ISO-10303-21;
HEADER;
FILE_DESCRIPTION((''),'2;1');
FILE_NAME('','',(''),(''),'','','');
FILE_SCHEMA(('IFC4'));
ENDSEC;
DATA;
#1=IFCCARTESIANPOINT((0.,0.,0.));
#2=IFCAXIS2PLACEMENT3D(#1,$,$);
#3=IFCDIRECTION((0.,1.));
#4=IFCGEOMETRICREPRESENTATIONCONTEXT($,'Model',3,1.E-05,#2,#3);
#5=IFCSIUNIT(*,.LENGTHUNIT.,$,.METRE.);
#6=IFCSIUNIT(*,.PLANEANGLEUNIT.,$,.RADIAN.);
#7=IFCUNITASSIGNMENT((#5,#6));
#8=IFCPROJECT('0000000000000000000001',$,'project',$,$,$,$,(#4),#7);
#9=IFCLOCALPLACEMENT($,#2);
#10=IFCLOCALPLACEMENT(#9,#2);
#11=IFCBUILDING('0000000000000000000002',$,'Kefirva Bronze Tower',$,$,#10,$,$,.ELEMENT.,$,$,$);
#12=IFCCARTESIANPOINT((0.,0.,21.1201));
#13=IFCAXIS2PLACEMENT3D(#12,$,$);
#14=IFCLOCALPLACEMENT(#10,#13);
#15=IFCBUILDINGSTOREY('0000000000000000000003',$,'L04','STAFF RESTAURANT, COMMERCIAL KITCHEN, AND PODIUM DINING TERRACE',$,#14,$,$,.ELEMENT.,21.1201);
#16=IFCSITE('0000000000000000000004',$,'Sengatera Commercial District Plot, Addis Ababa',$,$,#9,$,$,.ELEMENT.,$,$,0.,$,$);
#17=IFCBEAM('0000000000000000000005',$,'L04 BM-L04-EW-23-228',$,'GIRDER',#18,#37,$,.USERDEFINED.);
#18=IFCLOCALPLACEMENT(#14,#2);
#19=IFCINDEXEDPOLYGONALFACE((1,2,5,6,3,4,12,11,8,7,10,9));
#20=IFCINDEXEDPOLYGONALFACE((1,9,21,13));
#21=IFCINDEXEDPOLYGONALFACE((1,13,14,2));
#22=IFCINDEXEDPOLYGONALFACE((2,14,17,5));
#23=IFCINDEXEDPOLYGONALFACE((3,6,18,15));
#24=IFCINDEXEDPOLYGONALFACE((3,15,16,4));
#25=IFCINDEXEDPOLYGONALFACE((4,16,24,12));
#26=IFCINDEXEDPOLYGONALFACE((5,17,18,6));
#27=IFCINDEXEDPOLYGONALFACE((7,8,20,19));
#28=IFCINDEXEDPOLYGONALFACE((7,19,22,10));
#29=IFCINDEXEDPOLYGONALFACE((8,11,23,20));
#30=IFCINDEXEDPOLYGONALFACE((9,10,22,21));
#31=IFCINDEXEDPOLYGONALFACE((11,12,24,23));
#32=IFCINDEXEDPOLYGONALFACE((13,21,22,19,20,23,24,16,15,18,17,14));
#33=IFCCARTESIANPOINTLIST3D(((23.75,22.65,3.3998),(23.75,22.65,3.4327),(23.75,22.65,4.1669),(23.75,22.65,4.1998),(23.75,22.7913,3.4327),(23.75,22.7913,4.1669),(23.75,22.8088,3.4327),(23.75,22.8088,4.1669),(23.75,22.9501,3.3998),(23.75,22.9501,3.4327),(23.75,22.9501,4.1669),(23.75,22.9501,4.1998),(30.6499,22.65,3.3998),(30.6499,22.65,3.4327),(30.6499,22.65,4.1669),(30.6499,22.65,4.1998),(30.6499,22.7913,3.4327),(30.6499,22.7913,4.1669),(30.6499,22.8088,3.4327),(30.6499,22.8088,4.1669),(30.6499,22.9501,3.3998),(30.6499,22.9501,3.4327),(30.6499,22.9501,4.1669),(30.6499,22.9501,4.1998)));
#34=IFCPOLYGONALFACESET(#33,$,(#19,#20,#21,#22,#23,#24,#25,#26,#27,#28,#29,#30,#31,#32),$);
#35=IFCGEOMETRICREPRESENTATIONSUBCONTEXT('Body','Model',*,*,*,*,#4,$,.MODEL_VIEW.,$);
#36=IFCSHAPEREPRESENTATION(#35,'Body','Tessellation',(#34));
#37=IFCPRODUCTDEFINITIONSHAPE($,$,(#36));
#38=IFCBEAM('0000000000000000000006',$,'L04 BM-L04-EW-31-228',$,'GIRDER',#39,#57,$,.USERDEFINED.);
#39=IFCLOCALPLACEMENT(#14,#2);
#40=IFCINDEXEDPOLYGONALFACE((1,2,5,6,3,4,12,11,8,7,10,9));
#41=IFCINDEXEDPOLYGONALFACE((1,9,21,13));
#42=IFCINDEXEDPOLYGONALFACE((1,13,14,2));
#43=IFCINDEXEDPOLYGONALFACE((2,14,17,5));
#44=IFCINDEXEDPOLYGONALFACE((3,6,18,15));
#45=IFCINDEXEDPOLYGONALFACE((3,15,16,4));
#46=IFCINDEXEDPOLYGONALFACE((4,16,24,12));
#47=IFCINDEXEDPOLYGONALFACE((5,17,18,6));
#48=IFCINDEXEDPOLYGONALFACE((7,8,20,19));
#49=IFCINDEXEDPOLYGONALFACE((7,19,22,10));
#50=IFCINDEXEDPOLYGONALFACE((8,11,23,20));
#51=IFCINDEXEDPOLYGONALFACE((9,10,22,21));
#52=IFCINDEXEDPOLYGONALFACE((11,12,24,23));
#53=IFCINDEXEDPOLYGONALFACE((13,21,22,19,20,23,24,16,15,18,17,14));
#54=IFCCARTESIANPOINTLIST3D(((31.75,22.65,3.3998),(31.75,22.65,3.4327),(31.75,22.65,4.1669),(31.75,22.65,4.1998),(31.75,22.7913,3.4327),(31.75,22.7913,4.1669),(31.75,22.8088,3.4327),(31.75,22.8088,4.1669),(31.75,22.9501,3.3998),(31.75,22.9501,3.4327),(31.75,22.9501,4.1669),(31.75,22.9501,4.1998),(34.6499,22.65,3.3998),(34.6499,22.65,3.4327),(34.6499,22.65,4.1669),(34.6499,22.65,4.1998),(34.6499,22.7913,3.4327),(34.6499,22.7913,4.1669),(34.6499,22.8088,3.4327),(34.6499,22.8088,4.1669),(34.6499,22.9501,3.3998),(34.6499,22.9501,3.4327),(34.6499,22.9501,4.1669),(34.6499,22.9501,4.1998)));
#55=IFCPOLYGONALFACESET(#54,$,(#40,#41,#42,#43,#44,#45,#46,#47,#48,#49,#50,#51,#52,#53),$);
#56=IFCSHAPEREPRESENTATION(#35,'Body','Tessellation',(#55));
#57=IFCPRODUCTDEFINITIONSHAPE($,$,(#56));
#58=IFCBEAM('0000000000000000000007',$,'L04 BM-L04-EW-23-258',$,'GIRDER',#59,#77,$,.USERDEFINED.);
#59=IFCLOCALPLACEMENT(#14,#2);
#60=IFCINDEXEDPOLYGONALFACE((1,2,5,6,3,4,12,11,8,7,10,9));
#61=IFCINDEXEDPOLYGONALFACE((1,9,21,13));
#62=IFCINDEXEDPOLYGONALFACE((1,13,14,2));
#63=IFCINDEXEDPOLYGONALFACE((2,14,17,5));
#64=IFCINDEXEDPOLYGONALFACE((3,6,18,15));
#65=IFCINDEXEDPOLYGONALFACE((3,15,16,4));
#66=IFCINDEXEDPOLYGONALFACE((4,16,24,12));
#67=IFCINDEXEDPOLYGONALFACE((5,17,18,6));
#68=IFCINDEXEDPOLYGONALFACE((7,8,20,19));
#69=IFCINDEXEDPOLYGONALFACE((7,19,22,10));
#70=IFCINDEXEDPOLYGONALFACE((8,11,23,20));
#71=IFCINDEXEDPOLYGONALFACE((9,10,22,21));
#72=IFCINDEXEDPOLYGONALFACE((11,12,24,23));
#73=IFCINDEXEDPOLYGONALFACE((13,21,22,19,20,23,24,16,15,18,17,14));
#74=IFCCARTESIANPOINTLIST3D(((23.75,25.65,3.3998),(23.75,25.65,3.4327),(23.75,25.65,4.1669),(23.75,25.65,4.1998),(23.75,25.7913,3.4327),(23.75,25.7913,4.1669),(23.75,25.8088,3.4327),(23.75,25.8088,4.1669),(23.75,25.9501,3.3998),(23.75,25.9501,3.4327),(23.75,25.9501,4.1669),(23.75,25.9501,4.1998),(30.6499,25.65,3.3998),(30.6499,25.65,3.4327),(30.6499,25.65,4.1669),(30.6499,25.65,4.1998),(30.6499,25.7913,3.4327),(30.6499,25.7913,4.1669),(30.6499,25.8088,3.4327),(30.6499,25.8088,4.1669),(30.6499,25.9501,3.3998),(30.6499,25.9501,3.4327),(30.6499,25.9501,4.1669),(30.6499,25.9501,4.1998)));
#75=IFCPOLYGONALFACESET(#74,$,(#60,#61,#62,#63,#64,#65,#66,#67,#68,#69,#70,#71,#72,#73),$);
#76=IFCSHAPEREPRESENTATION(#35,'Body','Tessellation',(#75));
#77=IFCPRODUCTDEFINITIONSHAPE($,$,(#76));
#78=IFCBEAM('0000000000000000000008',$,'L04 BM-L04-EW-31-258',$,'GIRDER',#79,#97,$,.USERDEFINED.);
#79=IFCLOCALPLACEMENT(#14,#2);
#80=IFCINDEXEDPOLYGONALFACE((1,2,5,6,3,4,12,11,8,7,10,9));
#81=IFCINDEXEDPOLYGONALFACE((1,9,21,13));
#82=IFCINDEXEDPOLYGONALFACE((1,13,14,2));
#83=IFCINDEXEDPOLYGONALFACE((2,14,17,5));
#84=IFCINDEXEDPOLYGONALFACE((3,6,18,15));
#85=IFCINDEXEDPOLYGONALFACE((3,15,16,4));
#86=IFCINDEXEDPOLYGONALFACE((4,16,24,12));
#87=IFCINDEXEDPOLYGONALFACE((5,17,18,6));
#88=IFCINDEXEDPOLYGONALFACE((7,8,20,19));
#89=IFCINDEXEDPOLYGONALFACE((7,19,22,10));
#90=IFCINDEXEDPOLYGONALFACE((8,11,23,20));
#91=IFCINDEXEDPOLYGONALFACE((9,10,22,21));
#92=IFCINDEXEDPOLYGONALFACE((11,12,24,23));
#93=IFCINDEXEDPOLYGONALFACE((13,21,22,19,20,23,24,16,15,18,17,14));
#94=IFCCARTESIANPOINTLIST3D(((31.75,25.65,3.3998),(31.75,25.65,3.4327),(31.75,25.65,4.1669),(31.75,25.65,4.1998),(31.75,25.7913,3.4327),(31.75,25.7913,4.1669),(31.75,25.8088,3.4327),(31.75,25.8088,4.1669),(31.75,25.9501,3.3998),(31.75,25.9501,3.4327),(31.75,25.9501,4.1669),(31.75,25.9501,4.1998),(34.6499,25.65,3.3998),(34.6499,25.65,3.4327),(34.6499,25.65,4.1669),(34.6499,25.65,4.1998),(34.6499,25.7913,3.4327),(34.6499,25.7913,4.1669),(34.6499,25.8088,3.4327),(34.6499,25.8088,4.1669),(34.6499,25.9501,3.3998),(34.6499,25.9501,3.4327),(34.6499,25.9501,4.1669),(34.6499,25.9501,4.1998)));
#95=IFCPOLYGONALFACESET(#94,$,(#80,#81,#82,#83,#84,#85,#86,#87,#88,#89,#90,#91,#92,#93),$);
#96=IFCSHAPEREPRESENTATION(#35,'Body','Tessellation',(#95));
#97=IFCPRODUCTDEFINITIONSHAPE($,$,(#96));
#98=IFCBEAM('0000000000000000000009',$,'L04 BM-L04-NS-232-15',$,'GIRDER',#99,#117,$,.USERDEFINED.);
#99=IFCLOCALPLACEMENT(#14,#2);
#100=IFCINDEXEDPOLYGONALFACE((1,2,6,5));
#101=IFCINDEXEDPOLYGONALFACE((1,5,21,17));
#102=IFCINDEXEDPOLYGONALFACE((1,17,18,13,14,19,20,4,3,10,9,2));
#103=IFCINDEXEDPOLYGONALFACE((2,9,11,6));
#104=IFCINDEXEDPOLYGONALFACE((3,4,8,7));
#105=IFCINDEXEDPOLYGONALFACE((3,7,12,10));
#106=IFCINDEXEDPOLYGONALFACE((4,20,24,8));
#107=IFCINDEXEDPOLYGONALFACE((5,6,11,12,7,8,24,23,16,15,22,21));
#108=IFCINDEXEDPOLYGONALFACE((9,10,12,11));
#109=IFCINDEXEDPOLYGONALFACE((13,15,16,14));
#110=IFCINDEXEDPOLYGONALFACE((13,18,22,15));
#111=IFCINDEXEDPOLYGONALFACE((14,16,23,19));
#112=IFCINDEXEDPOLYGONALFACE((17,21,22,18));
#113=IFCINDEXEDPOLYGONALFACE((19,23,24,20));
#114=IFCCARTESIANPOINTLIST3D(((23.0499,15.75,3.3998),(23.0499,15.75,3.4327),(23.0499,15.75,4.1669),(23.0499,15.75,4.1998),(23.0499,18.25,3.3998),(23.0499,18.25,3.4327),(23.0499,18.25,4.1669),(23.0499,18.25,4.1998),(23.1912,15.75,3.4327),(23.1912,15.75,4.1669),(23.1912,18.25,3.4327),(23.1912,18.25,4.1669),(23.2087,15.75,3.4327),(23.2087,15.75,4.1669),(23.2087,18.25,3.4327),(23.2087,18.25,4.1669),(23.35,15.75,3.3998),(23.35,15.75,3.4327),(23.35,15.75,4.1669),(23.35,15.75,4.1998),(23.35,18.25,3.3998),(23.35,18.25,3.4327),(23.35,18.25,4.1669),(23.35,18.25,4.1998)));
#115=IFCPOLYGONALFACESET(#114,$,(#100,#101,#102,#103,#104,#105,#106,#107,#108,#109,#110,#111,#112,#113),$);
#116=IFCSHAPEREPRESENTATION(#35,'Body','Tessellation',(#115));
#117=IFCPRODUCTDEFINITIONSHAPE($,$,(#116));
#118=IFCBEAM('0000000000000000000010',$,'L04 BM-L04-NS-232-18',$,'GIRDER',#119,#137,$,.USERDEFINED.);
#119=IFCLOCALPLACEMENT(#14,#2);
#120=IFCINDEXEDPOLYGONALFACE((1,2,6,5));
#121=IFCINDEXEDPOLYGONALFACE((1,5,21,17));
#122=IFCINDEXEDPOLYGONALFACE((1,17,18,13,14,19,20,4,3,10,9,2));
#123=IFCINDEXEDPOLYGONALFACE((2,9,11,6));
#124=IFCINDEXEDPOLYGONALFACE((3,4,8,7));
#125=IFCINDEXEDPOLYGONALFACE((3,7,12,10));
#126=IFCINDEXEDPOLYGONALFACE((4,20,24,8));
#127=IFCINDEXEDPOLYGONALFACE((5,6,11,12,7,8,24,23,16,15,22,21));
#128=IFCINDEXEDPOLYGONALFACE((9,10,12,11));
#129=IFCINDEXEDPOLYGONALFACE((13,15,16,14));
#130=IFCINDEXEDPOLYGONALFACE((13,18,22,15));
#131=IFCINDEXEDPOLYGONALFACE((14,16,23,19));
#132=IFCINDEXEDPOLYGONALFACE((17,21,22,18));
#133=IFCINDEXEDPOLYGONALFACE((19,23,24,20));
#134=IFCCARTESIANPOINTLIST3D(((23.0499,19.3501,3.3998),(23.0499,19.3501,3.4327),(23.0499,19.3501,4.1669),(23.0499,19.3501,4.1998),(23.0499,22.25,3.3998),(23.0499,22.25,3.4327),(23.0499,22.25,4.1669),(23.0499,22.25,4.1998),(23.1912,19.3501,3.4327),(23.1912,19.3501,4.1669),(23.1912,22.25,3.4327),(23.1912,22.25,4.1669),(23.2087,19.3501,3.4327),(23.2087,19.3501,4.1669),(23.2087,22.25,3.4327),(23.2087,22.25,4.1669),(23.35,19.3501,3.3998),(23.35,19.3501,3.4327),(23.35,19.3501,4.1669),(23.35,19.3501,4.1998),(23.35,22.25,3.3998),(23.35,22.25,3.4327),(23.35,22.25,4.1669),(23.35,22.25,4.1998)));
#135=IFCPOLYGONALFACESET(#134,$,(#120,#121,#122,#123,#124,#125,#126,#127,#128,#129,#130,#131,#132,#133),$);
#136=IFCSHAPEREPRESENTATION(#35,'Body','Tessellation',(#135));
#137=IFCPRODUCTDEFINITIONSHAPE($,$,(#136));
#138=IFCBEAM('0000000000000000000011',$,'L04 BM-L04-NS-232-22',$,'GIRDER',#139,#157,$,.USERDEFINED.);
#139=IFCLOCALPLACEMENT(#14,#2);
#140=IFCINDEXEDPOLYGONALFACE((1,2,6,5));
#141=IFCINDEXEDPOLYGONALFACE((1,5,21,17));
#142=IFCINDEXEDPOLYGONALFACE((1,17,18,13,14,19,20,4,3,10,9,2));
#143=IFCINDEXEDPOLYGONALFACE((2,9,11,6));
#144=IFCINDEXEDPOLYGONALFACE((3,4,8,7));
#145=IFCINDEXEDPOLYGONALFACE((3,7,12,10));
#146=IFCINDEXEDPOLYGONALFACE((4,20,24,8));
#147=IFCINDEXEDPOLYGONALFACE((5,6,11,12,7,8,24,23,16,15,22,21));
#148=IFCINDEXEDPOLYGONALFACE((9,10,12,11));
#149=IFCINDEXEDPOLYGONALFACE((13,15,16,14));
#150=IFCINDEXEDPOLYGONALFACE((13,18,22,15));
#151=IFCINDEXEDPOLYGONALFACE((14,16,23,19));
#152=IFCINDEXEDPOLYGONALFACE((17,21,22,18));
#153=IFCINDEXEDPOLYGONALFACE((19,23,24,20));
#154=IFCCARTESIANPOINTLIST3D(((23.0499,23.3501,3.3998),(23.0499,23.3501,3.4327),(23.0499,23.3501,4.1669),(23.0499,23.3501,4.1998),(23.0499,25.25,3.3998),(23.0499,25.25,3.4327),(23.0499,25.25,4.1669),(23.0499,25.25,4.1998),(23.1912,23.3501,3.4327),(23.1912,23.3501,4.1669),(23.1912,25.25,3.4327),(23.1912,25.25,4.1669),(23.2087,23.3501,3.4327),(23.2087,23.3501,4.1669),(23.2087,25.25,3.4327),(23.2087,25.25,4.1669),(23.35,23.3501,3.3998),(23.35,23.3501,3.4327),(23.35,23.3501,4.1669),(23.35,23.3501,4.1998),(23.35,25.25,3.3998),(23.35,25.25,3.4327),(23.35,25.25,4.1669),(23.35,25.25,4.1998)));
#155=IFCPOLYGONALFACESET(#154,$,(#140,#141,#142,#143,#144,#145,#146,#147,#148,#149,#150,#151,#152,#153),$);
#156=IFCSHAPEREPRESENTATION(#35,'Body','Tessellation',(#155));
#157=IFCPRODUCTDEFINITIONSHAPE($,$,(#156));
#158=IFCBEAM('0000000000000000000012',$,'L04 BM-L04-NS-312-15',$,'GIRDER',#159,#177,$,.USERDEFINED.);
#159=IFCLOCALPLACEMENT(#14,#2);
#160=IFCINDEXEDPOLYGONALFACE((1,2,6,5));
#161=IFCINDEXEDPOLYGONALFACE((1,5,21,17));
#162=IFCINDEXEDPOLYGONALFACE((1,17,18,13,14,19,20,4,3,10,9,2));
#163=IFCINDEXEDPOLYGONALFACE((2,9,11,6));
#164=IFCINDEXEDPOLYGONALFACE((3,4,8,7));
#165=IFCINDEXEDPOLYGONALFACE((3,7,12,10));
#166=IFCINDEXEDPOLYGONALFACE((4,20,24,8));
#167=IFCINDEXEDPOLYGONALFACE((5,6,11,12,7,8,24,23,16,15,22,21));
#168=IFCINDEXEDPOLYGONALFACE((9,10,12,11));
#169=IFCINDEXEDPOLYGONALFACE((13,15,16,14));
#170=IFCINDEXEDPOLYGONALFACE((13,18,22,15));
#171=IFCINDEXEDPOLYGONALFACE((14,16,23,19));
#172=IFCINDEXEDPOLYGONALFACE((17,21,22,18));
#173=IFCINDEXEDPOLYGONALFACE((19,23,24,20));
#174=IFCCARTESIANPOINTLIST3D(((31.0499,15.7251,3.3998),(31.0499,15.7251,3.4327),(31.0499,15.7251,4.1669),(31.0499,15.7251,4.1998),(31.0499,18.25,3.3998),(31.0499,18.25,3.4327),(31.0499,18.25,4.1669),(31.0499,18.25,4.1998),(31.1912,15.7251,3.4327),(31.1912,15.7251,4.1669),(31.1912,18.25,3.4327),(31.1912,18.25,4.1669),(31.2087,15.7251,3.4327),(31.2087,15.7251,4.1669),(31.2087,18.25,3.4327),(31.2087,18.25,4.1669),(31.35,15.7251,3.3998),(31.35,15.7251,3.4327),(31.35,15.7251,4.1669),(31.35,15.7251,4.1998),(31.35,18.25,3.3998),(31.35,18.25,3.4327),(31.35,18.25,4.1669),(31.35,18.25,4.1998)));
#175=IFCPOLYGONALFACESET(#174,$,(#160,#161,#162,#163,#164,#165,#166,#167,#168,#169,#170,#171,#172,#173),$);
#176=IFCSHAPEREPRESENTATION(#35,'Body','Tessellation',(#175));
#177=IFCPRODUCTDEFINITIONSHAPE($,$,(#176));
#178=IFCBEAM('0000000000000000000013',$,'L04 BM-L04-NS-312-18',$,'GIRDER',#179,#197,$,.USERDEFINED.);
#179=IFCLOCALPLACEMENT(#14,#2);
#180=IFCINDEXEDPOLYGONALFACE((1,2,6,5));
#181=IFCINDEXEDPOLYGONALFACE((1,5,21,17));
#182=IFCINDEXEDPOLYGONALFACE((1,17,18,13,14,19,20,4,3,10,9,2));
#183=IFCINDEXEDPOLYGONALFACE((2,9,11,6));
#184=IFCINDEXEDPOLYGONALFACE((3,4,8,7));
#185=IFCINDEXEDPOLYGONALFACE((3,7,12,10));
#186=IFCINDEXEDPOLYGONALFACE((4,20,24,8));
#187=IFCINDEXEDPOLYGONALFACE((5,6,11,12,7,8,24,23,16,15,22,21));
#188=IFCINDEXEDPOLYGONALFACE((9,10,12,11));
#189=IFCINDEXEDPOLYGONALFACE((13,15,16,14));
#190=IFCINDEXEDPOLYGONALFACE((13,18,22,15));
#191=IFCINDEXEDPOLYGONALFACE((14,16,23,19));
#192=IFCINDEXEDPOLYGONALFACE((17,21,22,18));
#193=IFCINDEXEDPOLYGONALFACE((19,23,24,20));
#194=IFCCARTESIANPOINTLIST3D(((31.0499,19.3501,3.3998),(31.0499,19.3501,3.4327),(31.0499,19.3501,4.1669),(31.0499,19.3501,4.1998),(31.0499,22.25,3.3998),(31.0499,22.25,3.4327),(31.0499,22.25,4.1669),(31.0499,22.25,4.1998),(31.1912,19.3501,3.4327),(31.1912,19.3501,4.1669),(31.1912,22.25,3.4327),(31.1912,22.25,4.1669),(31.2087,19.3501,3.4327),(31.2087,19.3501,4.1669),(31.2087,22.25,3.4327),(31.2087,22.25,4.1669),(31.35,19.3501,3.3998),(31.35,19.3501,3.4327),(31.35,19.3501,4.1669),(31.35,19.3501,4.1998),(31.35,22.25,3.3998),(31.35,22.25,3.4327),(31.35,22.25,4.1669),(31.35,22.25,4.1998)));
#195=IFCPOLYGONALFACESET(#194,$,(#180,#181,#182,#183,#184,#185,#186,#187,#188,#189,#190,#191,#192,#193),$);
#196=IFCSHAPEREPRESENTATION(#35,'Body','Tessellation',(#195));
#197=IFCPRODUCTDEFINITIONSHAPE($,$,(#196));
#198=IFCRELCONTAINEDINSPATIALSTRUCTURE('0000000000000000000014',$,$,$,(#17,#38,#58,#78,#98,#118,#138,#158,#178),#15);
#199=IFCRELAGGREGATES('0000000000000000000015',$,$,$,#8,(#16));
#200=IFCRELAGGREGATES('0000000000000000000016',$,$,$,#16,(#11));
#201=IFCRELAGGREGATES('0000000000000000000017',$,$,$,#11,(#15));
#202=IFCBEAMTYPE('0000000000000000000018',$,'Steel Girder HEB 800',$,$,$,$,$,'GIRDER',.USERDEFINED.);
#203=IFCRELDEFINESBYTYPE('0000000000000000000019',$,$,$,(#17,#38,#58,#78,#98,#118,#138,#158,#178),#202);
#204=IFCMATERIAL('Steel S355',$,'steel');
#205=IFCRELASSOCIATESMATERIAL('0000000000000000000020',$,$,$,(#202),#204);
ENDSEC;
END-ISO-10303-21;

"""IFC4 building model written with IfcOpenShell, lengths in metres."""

from ifc_helpers import new_model, si_unit, direction, frame, origin, origin_2d, place, context, subcontext, project, spatial, i_section, extrude, material, material_profile, profile_set, type_object, element, save


model = new_model("IFC4")

# Units and contexts
model_context = context("Model", 3, precision=1e-05, world=origin(), true_north=direction((0.0, 1.0)))
body_context = subcontext(model_context, "Body", "Model", "MODEL_VIEW")
ifc_project = project(units=[si_unit("LENGTHUNIT", "METRE"), si_unit("PLANEANGLEUNIT", "RADIAN")], contexts=[model_context])

# Site, building, storey
site_placement = place(None, origin())
site = spatial("IfcSite", under=ifc_project, at=site_placement, Name="Sengatera Commercial District Plot, Addis Ababa", CompositionType="ELEMENT", RefElevation=0.0)
building_placement = place(site_placement, origin())
building = spatial("IfcBuilding", under=site, at=building_placement, Name="Kefirva Bronze Tower", CompositionType="ELEMENT")
storey_placement = place(building_placement, frame((0.0, 0.0, 21.1201)))
storey = spatial("IfcBuildingStorey", under=building, at=storey_placement, Name="L04", Description="STAFF RESTAURANT, COMMERCIAL KITCHEN, AND PODIUM DINING TERRACE", CompositionType="ELEMENT", Elevation=21.1201)

# Beams
ifc_material_1 = material(Name="Steel S355", Category="steel")
ifc_material_profile_1 = material_profile(ifc_material_1, i_section(OverallWidth=0.3, OverallDepth=0.8, WebThickness=0.0176, FlangeThickness=0.033, at=origin_2d()), Name="HEB 800")
ifc_profile_set_1 = profile_set([ifc_material_profile_1], Name="Steel S355")
beam_type_1 = type_object("IfcBeamType", Name="Steel Girder HEB 800", ElementType="GIRDER", PredefinedType="USERDEFINED", material=ifc_profile_set_1)
beam_1_placement = place(storey_placement, frame((23.75, 22.8, 3.7998), z_axis=(1.0, 0.0, 0.0), x_axis=(0.0, 1.0, 0.0)))
element("IfcBeam", 1, at=beam_1_placement, inside=storey, type_object=beam_type_1, Name="L04 BM-L04-EW-23-228", ObjectType="GIRDER", PredefinedType="USERDEFINED", context=body_context, shape_type="SweptSolid", body=[
    extrude(i_section(OverallWidth=0.3, OverallDepth=0.8, WebThickness=0.0176, FlangeThickness=0.033, at=origin_2d()), origin(), (0.0, 0.0, 1.0), 6.8999),
])
beam_2_placement = place(storey_placement, frame((31.75, 22.8, 3.7998), z_axis=(1.0, 0.0, 0.0), x_axis=(0.0, 1.0, 0.0)))
element("IfcBeam", 2, at=beam_2_placement, inside=storey, type_object=beam_type_1, Name="L04 BM-L04-EW-31-228", ObjectType="GIRDER", PredefinedType="USERDEFINED", context=body_context, shape_type="SweptSolid", body=[
    extrude(i_section(OverallWidth=0.3, OverallDepth=0.8, WebThickness=0.0176, FlangeThickness=0.033, at=origin_2d()), origin(), (0.0, 0.0, 1.0), 2.8999),
])
beam_3_placement = place(storey_placement, frame((23.75, 25.8, 3.7998), z_axis=(1.0, 0.0, 0.0), x_axis=(0.0, 1.0, 0.0)))
element("IfcBeam", 3, at=beam_3_placement, inside=storey, type_object=beam_type_1, Name="L04 BM-L04-EW-23-258", ObjectType="GIRDER", PredefinedType="USERDEFINED", context=body_context, shape_type="SweptSolid", body=[
    extrude(i_section(OverallWidth=0.3, OverallDepth=0.8, WebThickness=0.0176, FlangeThickness=0.033, at=origin_2d()), origin(), (0.0, 0.0, 1.0), 6.8999),
])
beam_4_placement = place(storey_placement, frame((31.75, 25.8, 3.7998), z_axis=(1.0, 0.0, 0.0), x_axis=(0.0, 1.0, 0.0)))
element("IfcBeam", 4, at=beam_4_placement, inside=storey, type_object=beam_type_1, Name="L04 BM-L04-EW-31-258", ObjectType="GIRDER", PredefinedType="USERDEFINED", context=body_context, shape_type="SweptSolid", body=[
    extrude(i_section(OverallWidth=0.3, OverallDepth=0.8, WebThickness=0.0176, FlangeThickness=0.033, at=origin_2d()), origin(), (0.0, 0.0, 1.0), 2.8999),
])
beam_5_placement = place(storey_placement, frame((23.2, 15.75, 3.7998), z_axis=(0.0, 1.0, 0.0), x_axis=(-1.0, 0.0, 0.0)))
element("IfcBeam", 5, at=beam_5_placement, inside=storey, type_object=beam_type_1, Name="L04 BM-L04-NS-232-15", ObjectType="GIRDER", PredefinedType="USERDEFINED", context=body_context, shape_type="SweptSolid", body=[
    extrude(i_section(OverallWidth=0.3, OverallDepth=0.8, WebThickness=0.0176, FlangeThickness=0.033, at=origin_2d()), origin(), (0.0, 0.0, 1.0), 2.5),
])
beam_6_placement = place(storey_placement, frame((23.2, 19.3501, 3.7998), z_axis=(0.0, 1.0, 0.0), x_axis=(-1.0, 0.0, 0.0)))
element("IfcBeam", 6, at=beam_6_placement, inside=storey, type_object=beam_type_1, Name="L04 BM-L04-NS-232-18", ObjectType="GIRDER", PredefinedType="USERDEFINED", context=body_context, shape_type="SweptSolid", body=[
    extrude(i_section(OverallWidth=0.3, OverallDepth=0.8, WebThickness=0.0176, FlangeThickness=0.033, at=origin_2d()), origin(), (0.0, 0.0, 1.0), 2.8999),
])
beam_7_placement = place(storey_placement, frame((23.2, 23.3501, 3.7998), z_axis=(0.0, 1.0, 0.0), x_axis=(-1.0, 0.0, 0.0)))
element("IfcBeam", 7, at=beam_7_placement, inside=storey, type_object=beam_type_1, Name="L04 BM-L04-NS-232-22", ObjectType="GIRDER", PredefinedType="USERDEFINED", context=body_context, shape_type="SweptSolid", body=[
    extrude(i_section(OverallWidth=0.3, OverallDepth=0.8, WebThickness=0.0176, FlangeThickness=0.033, at=origin_2d()), origin(), (0.0, 0.0, 1.0), 1.8999),
])
beam_8_placement = place(storey_placement, frame((31.2, 15.7251, 3.7998), z_axis=(0.0, 1.0, 0.0), x_axis=(-1.0, 0.0, 0.0)))
element("IfcBeam", 8, at=beam_8_placement, inside=storey, type_object=beam_type_1, Name="L04 BM-L04-NS-312-15", ObjectType="GIRDER", PredefinedType="USERDEFINED", context=body_context, shape_type="SweptSolid", body=[
    extrude(i_section(OverallWidth=0.3, OverallDepth=0.8, WebThickness=0.0176, FlangeThickness=0.033, at=origin_2d()), origin(), (0.0, 0.0, 1.0), 2.5249),
])
beam_9_placement = place(storey_placement, frame((31.2, 19.3501, 3.7998), z_axis=(0.0, 1.0, 0.0), x_axis=(-1.0, 0.0, 0.0)))
element("IfcBeam", 9, at=beam_9_placement, inside=storey, type_object=beam_type_1, Name="L04 BM-L04-NS-312-18", ObjectType="GIRDER", PredefinedType="USERDEFINED", context=body_context, shape_type="SweptSolid", body=[
    extrude(i_section(OverallWidth=0.3, OverallDepth=0.8, WebThickness=0.0176, FlangeThickness=0.033, at=origin_2d()), origin(), (0.0, 0.0, 1.0), 2.8999),
])

save(model, "model.ifc")
